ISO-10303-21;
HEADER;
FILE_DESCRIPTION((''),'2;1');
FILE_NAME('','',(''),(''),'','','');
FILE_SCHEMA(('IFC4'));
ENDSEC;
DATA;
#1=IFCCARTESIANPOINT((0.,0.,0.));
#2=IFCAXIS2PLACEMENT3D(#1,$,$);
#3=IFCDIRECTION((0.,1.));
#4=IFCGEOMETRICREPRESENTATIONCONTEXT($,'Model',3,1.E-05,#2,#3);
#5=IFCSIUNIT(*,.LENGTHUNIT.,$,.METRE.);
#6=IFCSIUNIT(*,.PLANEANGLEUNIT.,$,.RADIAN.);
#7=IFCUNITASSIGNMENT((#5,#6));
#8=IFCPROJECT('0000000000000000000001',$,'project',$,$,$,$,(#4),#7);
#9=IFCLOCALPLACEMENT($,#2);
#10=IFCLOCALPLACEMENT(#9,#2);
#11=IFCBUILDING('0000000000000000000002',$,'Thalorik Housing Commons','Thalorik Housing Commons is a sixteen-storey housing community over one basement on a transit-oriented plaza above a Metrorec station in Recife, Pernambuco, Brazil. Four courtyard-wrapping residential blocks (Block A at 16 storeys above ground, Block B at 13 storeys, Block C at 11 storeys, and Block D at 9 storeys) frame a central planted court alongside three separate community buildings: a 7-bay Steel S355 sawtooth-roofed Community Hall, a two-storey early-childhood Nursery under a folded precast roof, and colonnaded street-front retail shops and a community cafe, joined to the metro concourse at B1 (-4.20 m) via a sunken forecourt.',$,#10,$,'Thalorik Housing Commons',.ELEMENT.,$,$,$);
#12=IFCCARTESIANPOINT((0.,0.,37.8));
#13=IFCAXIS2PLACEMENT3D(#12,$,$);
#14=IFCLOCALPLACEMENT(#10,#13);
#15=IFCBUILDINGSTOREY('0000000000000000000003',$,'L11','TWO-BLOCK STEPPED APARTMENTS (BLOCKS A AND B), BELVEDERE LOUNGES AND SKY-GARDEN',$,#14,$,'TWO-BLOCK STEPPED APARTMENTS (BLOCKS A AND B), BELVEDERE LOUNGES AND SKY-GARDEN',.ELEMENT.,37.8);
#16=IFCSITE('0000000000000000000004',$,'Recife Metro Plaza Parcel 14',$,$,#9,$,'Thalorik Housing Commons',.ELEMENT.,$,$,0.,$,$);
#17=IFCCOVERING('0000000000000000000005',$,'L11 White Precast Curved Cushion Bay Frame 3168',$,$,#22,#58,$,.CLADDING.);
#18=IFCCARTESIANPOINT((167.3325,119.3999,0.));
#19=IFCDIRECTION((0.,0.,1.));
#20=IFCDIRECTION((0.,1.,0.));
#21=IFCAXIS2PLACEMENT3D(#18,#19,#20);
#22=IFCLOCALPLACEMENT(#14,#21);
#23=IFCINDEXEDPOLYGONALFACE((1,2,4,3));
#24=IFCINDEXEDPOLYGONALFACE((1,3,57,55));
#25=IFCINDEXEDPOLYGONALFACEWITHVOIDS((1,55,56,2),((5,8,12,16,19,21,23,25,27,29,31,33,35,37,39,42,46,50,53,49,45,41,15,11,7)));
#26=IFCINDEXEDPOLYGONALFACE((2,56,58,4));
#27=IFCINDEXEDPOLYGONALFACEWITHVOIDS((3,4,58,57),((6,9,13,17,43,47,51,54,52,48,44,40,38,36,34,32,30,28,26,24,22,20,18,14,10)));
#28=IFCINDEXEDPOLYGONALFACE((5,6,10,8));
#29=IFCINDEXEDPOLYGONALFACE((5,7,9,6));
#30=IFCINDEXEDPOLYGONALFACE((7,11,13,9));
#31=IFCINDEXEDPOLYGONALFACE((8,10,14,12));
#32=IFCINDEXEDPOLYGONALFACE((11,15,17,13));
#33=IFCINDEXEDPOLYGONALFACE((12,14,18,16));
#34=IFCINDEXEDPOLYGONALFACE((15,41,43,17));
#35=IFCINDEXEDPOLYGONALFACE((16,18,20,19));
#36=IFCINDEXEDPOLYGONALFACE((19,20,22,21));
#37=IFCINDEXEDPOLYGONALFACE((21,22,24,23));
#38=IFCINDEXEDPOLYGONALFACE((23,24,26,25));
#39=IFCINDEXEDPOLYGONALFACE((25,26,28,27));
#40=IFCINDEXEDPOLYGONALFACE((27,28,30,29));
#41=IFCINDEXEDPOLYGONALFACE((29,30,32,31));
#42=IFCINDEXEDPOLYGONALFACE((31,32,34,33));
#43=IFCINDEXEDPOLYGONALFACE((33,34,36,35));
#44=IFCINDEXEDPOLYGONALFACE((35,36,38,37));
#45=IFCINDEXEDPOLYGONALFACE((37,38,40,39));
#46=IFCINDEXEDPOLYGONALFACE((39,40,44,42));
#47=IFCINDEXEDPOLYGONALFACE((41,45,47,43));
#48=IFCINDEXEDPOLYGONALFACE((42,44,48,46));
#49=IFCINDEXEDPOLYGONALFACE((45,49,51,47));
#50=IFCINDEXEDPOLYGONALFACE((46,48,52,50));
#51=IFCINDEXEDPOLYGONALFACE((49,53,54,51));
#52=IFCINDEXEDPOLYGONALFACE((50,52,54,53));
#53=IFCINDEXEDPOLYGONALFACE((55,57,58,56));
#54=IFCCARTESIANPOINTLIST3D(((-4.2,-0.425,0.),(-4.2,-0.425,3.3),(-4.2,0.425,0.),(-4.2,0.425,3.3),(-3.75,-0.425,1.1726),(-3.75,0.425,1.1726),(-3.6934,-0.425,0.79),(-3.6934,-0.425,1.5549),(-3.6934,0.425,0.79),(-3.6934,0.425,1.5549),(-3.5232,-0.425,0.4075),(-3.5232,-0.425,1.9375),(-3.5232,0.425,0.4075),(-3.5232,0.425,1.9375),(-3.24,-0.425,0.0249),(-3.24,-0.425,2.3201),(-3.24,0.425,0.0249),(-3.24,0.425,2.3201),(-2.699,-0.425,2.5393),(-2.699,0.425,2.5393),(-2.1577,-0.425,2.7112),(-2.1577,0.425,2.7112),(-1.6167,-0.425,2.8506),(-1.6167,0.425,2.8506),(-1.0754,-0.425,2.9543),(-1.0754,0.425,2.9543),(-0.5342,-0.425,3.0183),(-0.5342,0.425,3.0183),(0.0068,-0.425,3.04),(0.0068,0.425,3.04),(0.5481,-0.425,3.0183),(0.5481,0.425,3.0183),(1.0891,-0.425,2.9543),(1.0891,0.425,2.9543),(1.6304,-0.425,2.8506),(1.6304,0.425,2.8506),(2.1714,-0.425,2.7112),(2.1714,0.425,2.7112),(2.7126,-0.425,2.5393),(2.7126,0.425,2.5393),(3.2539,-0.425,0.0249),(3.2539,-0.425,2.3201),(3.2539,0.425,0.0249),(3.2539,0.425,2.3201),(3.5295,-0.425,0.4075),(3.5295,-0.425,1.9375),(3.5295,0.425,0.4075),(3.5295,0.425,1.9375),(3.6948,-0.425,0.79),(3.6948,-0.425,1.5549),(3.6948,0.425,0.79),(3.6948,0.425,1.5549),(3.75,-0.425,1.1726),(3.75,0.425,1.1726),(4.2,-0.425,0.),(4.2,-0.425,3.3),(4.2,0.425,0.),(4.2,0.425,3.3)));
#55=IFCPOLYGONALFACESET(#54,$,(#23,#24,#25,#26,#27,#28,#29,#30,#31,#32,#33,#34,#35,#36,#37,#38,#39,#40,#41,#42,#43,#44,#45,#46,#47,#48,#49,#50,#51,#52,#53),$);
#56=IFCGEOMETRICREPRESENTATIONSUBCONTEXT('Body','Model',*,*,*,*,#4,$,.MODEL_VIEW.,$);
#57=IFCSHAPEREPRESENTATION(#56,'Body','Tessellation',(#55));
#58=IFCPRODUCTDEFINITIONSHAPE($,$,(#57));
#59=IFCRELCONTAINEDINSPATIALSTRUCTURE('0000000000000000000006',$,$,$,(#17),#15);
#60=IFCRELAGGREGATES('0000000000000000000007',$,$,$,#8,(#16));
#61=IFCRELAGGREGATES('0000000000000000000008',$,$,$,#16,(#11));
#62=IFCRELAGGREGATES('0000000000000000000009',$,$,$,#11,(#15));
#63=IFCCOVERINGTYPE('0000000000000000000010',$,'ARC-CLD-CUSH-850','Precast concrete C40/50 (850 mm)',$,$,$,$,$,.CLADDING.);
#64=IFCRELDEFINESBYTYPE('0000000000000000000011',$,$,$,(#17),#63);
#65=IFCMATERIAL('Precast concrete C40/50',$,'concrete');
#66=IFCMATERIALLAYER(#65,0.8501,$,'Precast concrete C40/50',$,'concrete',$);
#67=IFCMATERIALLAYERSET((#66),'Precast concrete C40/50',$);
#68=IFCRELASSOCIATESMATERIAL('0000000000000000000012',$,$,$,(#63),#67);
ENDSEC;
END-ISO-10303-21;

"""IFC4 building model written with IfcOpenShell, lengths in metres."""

from ifc_helpers import new_model, si_unit, direction, frame, origin, place, context, subcontext, project, spatial, polyline, outline, extrude, material, layer, layer_set, type_object, element, save


model = new_model("IFC4")

# Units and contexts
model_context = context("Model", 3, precision=1e-05, world=origin(), true_north=direction((0.0, 1.0)))
body_context = subcontext(model_context, "Body", "Model", "MODEL_VIEW")
ifc_project = project(units=[si_unit("LENGTHUNIT", "METRE"), si_unit("PLANEANGLEUNIT", "RADIAN")], contexts=[model_context])

# Site, building, storey
site_placement = place(None, origin())
site = spatial("IfcSite", under=ifc_project, at=site_placement, Name="Recife Metro Plaza Parcel 14", LongName="Thalorik Housing Commons", CompositionType="ELEMENT", RefElevation=0.0)
building_placement = place(site_placement, origin())
building = spatial("IfcBuilding", under=site, at=building_placement, Name="Thalorik Housing Commons", Description="Thalorik Housing Commons is a sixteen-storey housing community over one basement on a transit-oriented plaza above a Metrorec station in Recife, Pernambuco, Brazil. Four courtyard-wrapping residential blocks (Block A at 16 storeys above ground, Block B at 13 storeys, Block C at 11 storeys, and Block D at 9 storeys) frame a central planted court alongside three separate community buildings: a 7-bay Steel S355 sawtooth-roofed Community Hall, a two-storey early-childhood Nursery under a folded precast roof, and colonnaded street-front retail shops and a community cafe, joined to the metro concourse at B1 (-4.20 m) via a sunken forecourt.", LongName="Thalorik Housing Commons", CompositionType="ELEMENT")
storey_placement = place(building_placement, frame((0.0, 0.0, 37.8)))
storey = spatial("IfcBuildingStorey", under=building, at=storey_placement, Name="L11", Description="TWO-BLOCK STEPPED APARTMENTS (BLOCKS A AND B), BELVEDERE LOUNGES AND SKY-GARDEN", LongName="TWO-BLOCK STEPPED APARTMENTS (BLOCKS A AND B), BELVEDERE LOUNGES AND SKY-GARDEN", CompositionType="ELEMENT", Elevation=37.8)

# Shared definitions
ifc_material_1 = material(Name="Precast concrete C40/50", Category="concrete")

# Covering
ifc_layer_1 = layer(ifc_material_1, 0.8501, Name="Precast concrete C40/50", Category="concrete")
ifc_layer_set_1 = layer_set([ifc_layer_1], Name="Precast concrete C40/50")
covering_type = type_object("IfcCoveringType", Name="ARC-CLD-CUSH-850", Description="Precast concrete C40/50 (850 mm)", PredefinedType="CLADDING", material=ifc_layer_set_1)
covering_placement = place(storey_placement, frame((167.3325, 119.3999, 0.0), z_axis=(0.0, 0.0, 1.0), x_axis=(0.0, 1.0, 0.0)))
element("IfcCovering", 1, at=covering_placement, inside=storey, type_object=covering_type, Name="L11 White Precast Curved Cushion Bay Frame 3168", PredefinedType="CLADDING", context=body_context, shape_type="SweptSolid", body=[
    extrude(outline(polyline([(-4.2, 0.0), (4.2, 0.0), (4.2, 3.3), (-4.2, 3.3), (-4.2, 0.0)]), holes=[polyline([(3.2539, 0.0249), (3.5295, 0.4075), (3.6948, 0.79), (3.75, 1.1726), (3.6948, 1.5549), (3.5295, 1.9375), (3.2539, 2.3201), (2.7126, 2.5393), (2.1714, 2.7112), (1.6304, 2.8506), (1.0891, 2.9543), (0.5481, 3.0183), (0.0068, 3.04), (-0.5342, 3.0183), (-1.0754, 2.9543), (-1.6167, 2.8506), (-2.1577, 2.7112), (-2.699, 2.5393), (-3.24, 2.3201), (-3.5232, 1.9375), (-3.6934, 1.5549), (-3.75, 1.1726), (-3.6934, 0.79), (-3.5232, 0.4075), (-3.24, 0.0249), (3.2539, 0.0249)])]), frame((0.0, 0.425, 0.0), z_axis=(0.0, -1.0, 0.0), x_axis=(1.0, 0.0, 0.0)), (0.0, 0.0, 1.0), 0.8501),
])

save(model, "model.ifc")
